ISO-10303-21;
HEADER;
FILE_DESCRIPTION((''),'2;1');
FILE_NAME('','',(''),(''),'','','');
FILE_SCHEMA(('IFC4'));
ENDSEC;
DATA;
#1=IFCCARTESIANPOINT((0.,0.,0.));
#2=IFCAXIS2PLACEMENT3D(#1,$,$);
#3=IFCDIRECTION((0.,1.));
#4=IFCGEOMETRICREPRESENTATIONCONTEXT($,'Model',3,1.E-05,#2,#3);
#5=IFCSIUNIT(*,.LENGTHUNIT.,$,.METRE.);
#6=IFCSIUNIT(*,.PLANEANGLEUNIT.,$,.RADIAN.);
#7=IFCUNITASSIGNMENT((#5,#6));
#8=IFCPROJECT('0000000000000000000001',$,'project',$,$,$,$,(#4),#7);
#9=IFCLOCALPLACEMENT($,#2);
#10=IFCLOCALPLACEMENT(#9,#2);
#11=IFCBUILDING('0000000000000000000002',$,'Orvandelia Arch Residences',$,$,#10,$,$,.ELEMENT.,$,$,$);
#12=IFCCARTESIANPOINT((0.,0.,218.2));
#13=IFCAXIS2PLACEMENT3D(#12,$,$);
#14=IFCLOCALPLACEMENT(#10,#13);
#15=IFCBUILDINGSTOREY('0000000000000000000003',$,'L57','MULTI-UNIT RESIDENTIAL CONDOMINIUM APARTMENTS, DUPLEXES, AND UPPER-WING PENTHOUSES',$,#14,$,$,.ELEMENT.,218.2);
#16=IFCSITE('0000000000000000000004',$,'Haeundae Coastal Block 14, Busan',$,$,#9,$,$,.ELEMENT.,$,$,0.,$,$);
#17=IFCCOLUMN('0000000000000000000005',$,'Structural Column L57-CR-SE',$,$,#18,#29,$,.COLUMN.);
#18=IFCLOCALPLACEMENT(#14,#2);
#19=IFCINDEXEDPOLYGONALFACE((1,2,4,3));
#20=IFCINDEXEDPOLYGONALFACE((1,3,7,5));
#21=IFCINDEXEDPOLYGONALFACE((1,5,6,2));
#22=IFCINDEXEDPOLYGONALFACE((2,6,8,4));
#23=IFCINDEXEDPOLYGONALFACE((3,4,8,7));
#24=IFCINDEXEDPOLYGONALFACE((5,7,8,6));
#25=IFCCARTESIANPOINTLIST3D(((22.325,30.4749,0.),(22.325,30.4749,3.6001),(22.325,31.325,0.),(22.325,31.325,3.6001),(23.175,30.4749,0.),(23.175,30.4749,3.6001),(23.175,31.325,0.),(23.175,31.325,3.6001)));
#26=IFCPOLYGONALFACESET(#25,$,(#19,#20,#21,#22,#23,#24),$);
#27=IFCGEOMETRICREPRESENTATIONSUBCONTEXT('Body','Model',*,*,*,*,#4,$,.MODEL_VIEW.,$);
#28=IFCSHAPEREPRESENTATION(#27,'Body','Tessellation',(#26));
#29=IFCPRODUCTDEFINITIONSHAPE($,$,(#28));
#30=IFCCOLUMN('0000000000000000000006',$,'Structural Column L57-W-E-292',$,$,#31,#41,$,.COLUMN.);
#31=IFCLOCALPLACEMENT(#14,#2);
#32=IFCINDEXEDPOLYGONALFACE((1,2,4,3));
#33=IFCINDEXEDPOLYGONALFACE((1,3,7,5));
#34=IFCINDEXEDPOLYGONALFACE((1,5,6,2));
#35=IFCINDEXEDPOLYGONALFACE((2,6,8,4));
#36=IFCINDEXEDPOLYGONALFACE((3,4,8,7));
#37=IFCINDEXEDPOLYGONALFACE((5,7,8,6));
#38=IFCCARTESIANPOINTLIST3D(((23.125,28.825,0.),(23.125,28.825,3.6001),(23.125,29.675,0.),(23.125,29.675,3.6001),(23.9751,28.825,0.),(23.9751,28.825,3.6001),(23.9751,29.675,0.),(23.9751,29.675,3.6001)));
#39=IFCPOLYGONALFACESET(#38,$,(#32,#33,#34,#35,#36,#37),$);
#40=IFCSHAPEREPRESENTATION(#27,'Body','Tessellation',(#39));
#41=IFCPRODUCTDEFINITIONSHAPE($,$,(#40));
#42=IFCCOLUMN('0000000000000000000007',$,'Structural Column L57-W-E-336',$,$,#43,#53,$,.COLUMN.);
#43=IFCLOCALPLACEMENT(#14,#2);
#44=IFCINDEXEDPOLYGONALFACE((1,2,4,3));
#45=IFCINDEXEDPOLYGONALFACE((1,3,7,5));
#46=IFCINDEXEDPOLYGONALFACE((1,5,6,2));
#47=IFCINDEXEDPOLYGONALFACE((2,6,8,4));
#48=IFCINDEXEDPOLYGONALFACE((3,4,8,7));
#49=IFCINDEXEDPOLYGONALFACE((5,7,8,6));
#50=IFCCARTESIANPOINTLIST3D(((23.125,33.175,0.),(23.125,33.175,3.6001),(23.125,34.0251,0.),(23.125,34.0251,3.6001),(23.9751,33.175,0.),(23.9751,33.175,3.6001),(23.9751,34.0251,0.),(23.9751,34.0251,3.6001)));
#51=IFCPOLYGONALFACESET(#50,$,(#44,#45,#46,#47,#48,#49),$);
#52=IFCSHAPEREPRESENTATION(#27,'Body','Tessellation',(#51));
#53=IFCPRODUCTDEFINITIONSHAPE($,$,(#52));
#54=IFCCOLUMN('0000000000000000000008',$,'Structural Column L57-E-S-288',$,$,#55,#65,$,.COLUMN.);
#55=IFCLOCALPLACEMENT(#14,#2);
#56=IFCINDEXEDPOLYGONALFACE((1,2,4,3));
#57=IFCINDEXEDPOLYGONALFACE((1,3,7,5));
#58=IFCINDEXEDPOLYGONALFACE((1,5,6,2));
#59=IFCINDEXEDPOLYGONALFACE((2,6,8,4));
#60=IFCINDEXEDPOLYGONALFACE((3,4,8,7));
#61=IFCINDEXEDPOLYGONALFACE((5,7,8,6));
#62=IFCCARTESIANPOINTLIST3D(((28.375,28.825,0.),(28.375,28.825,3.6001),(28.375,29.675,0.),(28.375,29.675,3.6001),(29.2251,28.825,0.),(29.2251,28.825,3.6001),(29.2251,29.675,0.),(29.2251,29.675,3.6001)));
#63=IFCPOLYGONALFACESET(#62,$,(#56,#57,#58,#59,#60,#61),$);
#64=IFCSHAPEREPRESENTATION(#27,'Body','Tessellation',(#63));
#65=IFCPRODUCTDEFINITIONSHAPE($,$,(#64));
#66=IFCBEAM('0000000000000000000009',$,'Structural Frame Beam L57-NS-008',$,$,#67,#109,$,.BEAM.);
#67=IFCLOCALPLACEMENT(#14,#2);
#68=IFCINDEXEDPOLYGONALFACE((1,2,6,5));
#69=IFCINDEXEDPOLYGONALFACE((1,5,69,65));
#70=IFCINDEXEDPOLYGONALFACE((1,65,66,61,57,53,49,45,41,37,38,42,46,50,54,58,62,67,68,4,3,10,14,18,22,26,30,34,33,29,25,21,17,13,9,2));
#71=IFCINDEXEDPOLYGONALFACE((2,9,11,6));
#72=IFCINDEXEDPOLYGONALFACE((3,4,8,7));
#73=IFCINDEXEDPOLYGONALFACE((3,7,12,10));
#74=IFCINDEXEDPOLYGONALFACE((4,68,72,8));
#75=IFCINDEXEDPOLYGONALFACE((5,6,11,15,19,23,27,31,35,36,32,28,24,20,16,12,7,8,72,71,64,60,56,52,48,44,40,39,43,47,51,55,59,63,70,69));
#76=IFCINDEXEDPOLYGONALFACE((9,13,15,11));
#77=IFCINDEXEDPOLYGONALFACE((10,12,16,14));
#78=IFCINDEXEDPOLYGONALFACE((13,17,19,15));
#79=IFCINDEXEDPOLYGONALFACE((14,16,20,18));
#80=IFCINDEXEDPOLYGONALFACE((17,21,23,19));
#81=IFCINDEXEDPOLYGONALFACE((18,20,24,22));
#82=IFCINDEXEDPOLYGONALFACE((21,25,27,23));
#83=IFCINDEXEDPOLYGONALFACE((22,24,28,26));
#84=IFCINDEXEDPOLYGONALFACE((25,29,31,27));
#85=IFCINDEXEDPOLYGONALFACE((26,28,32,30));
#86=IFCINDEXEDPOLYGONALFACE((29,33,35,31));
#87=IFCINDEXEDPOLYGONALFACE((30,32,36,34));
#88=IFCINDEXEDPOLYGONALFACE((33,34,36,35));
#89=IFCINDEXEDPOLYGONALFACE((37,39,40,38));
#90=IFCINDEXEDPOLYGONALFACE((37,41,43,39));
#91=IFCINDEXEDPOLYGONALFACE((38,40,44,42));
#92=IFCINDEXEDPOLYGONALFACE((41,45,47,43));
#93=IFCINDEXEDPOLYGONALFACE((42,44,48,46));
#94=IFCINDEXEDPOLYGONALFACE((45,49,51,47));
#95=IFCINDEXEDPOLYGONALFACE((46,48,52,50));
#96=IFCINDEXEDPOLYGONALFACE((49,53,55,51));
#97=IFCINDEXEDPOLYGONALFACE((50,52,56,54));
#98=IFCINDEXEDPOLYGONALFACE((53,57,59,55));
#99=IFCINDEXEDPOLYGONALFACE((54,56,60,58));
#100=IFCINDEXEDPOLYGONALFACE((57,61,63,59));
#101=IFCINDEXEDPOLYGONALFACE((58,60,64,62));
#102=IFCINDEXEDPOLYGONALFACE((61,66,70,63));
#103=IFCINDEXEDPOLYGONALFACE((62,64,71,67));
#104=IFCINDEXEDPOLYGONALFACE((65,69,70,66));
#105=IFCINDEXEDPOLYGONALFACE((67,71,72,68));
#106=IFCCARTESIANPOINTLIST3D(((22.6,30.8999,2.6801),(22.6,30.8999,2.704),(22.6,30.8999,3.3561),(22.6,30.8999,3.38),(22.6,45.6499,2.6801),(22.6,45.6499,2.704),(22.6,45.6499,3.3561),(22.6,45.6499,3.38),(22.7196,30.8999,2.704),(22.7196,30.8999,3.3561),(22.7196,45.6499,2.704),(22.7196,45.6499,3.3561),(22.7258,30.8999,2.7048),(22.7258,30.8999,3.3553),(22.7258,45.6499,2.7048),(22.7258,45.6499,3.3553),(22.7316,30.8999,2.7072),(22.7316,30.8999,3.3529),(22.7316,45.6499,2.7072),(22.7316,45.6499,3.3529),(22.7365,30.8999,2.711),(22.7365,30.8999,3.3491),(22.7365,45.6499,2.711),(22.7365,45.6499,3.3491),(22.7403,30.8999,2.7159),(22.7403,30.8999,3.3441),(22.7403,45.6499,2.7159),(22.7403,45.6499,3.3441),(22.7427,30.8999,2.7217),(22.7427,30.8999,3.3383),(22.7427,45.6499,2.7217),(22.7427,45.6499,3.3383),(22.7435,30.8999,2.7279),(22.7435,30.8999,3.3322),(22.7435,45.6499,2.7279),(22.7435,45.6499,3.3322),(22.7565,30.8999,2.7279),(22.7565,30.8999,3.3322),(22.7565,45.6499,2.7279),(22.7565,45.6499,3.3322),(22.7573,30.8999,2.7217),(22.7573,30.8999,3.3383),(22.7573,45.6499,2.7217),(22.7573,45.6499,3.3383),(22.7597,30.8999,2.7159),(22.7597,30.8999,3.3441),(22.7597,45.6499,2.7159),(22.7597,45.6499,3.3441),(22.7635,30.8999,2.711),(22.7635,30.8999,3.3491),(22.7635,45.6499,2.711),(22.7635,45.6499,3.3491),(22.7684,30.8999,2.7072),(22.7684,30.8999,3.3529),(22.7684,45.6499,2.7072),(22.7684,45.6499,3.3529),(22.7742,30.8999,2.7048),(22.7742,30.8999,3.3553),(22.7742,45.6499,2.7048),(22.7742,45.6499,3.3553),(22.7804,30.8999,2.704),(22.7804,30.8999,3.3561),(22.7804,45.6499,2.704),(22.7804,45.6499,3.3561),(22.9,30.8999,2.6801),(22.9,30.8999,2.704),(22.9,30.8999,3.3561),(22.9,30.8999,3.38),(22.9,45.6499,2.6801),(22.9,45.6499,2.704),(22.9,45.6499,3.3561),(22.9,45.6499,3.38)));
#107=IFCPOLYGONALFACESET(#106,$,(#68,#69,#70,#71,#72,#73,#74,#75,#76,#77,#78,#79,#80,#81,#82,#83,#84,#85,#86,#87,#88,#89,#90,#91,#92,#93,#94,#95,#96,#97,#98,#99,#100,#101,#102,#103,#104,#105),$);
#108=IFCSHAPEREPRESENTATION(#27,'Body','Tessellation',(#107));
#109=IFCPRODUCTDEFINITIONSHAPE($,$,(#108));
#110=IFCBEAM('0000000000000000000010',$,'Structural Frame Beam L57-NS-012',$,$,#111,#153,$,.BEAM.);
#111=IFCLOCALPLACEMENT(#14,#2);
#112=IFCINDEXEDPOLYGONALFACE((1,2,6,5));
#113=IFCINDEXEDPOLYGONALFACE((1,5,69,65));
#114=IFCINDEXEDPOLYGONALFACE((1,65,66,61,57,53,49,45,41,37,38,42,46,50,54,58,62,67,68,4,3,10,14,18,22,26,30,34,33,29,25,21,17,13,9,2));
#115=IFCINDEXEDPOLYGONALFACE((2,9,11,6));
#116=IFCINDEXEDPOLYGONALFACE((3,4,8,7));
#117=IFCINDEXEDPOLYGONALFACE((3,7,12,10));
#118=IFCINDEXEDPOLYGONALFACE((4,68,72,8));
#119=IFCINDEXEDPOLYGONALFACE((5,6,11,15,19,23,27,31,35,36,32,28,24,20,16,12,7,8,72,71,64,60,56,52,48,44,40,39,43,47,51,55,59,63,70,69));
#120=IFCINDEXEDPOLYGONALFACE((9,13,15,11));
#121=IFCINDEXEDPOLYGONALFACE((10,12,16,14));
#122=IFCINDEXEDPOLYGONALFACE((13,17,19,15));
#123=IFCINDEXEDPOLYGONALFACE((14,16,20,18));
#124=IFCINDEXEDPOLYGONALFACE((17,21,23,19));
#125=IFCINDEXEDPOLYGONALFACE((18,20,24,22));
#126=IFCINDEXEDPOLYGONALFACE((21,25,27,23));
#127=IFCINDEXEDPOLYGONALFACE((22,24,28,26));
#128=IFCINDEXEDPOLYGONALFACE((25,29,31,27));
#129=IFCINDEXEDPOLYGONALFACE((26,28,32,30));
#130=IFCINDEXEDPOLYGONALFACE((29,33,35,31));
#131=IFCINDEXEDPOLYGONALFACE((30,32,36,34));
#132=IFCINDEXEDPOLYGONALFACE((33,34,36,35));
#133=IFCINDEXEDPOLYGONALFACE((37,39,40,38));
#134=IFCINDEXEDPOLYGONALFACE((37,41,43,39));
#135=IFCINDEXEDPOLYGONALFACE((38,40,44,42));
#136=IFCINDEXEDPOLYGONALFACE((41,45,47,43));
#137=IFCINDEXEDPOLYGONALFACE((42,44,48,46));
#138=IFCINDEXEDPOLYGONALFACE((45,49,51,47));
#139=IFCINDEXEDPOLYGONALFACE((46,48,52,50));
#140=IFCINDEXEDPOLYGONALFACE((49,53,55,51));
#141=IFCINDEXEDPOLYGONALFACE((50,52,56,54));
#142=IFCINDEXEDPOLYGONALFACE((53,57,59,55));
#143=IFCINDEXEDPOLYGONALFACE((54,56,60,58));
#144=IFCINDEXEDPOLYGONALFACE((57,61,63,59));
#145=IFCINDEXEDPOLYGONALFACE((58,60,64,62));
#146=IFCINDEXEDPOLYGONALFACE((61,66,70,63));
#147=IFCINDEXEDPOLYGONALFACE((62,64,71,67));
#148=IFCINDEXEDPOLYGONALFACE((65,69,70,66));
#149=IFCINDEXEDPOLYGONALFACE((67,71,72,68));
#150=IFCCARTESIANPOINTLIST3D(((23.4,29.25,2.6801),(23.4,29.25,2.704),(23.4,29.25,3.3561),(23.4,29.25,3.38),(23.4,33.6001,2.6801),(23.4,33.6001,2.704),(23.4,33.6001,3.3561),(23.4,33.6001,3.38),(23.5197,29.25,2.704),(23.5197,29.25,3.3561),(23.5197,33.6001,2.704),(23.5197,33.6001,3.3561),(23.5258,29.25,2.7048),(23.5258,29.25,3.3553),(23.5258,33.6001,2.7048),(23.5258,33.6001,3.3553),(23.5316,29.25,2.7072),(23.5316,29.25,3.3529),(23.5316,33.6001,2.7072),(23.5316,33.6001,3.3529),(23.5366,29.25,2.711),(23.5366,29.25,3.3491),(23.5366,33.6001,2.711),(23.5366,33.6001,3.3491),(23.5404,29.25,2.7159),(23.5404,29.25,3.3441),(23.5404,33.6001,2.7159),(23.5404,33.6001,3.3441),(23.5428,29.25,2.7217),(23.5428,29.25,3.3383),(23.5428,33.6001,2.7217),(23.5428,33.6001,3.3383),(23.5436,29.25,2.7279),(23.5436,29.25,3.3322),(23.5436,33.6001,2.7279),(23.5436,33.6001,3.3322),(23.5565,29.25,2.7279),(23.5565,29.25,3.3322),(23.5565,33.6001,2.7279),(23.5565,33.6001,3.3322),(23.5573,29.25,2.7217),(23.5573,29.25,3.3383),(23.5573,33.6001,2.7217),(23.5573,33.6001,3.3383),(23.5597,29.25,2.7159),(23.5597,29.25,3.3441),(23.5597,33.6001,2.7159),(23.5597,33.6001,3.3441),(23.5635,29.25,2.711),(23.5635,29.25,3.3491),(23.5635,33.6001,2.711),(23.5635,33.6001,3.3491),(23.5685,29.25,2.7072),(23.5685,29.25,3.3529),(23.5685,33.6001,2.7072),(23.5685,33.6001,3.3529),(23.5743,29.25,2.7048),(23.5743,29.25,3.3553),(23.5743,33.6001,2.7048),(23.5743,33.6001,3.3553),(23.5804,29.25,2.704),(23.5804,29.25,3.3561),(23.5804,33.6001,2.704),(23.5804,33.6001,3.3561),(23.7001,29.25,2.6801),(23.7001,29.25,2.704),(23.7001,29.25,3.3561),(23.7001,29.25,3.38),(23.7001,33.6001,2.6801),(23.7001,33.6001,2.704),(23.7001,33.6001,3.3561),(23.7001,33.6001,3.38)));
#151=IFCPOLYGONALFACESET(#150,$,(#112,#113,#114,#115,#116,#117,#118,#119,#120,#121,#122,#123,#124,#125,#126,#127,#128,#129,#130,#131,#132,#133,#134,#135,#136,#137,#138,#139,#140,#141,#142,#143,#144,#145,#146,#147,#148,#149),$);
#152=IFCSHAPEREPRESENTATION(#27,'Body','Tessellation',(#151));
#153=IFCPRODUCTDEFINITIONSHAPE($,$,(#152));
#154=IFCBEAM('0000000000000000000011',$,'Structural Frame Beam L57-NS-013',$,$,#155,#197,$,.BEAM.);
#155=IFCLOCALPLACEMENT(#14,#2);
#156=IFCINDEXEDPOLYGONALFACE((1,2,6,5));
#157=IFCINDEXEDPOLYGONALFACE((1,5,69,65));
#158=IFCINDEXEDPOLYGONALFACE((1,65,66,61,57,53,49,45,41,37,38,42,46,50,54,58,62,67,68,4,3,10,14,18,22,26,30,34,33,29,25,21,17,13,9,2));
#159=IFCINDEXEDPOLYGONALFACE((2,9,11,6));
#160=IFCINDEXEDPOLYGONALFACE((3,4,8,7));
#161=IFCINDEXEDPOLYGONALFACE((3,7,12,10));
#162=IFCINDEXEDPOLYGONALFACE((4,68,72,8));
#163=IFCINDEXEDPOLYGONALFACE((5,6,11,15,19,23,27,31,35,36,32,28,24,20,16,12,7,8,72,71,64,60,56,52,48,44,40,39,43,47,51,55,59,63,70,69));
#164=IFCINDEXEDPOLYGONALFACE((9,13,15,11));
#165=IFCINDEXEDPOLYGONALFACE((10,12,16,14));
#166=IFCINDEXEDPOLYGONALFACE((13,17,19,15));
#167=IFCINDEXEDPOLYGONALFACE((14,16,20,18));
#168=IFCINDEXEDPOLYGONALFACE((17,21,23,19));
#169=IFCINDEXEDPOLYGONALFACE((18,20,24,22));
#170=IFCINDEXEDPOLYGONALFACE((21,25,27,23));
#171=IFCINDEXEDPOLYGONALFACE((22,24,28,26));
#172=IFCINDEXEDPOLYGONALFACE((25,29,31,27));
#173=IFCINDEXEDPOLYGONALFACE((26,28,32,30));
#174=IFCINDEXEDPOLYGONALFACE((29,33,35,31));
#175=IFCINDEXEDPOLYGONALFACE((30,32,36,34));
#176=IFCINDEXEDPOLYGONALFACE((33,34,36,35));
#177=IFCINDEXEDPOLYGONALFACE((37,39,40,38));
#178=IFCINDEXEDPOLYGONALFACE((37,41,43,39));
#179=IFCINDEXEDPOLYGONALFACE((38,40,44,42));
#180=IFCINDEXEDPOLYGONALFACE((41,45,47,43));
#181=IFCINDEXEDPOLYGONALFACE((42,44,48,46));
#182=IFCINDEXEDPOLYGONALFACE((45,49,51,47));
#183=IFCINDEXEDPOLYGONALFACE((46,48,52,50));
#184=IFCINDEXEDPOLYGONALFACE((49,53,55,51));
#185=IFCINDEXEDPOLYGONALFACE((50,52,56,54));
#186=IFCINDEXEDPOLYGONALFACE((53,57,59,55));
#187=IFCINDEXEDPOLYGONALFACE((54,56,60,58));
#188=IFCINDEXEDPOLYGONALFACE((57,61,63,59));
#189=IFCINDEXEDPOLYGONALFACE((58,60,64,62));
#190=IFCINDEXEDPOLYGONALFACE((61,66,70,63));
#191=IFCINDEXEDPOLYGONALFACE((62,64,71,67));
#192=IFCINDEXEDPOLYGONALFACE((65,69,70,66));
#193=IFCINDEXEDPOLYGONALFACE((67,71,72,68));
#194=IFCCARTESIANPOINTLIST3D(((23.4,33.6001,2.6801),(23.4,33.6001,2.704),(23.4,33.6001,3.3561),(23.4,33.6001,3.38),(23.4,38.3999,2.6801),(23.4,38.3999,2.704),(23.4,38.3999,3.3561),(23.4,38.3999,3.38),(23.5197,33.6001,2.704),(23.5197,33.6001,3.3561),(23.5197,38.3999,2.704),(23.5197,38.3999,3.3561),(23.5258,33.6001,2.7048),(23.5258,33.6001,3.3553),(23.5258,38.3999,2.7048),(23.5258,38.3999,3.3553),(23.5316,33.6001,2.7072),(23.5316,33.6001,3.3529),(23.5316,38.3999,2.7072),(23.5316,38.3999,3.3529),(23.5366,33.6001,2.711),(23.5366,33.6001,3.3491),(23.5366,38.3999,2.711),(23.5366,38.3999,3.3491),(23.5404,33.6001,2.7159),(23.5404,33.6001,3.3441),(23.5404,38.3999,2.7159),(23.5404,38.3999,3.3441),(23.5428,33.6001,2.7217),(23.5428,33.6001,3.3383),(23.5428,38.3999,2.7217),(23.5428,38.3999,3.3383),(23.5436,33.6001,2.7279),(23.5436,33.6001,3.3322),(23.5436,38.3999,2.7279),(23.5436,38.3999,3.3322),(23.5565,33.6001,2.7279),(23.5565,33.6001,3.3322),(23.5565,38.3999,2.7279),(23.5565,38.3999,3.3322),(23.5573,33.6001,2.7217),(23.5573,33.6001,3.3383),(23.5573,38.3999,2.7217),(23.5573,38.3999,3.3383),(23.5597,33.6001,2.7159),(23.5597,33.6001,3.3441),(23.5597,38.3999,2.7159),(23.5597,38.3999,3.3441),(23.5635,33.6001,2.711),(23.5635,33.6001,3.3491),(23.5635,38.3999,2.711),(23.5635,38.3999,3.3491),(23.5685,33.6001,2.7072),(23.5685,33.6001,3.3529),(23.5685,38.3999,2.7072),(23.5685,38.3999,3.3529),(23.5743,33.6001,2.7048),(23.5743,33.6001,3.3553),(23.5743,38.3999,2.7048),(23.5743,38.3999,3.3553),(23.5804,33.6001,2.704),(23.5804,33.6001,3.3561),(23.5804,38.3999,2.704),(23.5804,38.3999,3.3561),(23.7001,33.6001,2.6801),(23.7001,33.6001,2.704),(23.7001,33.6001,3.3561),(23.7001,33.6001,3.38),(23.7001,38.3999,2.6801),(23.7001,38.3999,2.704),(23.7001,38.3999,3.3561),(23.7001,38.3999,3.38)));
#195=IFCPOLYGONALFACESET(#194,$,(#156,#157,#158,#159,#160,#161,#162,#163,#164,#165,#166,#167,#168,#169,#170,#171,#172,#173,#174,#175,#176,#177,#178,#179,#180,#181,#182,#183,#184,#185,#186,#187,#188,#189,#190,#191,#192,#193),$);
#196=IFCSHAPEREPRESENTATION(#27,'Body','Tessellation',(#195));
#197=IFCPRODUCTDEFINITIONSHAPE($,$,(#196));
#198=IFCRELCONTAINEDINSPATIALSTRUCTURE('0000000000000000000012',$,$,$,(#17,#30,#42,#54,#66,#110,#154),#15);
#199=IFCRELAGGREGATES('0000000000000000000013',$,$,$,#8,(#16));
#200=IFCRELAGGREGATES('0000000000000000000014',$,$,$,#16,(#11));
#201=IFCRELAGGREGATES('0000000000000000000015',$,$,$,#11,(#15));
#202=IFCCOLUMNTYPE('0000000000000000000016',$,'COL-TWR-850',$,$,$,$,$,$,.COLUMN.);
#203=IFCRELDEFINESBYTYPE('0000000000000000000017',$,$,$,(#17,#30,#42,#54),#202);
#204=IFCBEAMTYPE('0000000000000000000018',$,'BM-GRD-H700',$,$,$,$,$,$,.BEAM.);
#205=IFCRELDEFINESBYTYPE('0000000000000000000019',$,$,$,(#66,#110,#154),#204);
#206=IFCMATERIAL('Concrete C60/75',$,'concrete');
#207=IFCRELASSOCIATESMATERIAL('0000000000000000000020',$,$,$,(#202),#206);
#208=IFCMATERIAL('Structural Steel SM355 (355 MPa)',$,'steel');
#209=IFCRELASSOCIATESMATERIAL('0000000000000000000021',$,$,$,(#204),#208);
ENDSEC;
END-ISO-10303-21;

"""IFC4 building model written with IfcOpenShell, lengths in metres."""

from ifc_helpers import new_model, si_unit, direction, frame, origin, origin_2d, place, context, subcontext, project, spatial, rectangle, i_section, extrude, material, material_profile, profile_set, type_object, element, save


model = new_model("IFC4")

# Units and contexts
model_context = context("Model", 3, precision=1e-05, world=origin(), true_north=direction((0.0, 1.0)))
body_context = subcontext(model_context, "Body", "Model", "MODEL_VIEW")
ifc_project = project(units=[si_unit("LENGTHUNIT", "METRE"), si_unit("PLANEANGLEUNIT", "RADIAN")], contexts=[model_context])

# Site, building, storey
site_placement = place(None, origin())
site = spatial("IfcSite", under=ifc_project, at=site_placement, Name="Haeundae Coastal Block 14, Busan", CompositionType="ELEMENT", RefElevation=0.0)
building_placement = place(site_placement, origin())
building = spatial("IfcBuilding", under=site, at=building_placement, Name="Orvandelia Arch Residences", CompositionType="ELEMENT")
storey_placement = place(building_placement, frame((0.0, 0.0, 218.2)))
storey = spatial("IfcBuildingStorey", under=building, at=storey_placement, Name="L57", Description="MULTI-UNIT RESIDENTIAL CONDOMINIUM APARTMENTS, DUPLEXES, AND UPPER-WING PENTHOUSES", CompositionType="ELEMENT", Elevation=218.2)

# Columns
ifc_material_1 = material(Name="Concrete C60/75", Category="concrete")
ifc_material_profile_1 = material_profile(ifc_material_1, rectangle(XDim=0.8501, YDim=0.8501, at=origin_2d()), Name="Concrete C60/75", Category="concrete")
ifc_profile_set_1 = profile_set([ifc_material_profile_1], Name="Concrete C60/75")
column_type = type_object("IfcColumnType", Name="COL-TWR-850", PredefinedType="COLUMN", material=ifc_profile_set_1)
for number, where, z_axis, x_axis, name in (
    (1, (22.75, 30.8999, 0.0), (0.0, 0.0, 1.0), (1.0, 0.0, 0.0), "Structural Column L57-CR-SE"),
    (2, (23.55, 29.25, 0.0), (0.0, 0.0, 1.0), (1.0, 0.0, 0.0), "Structural Column L57-W-E-292"),
    (3, (23.55, 33.6001, 0.0), (0.0, 0.0, 1.0), (1.0, 0.0, 0.0), "Structural Column L57-W-E-336"),
    (4, (28.8, 29.25, 0.0), (0.0, 0.0, 1.0), (1.0, 0.0, 0.0), "Structural Column L57-E-S-288"),
):
    element("IfcColumn", number, at=place(storey_placement, frame(where, z_axis=z_axis, x_axis=x_axis)), inside=storey, type_object=column_type, Name=name, PredefinedType="COLUMN", context=body_context, shape_type="SweptSolid", body=[
        extrude(rectangle(XDim=0.8501, YDim=0.8501, at=origin_2d()), origin(), (0.0, 0.0, 1.0), 3.6001),
    ])

# Beams
ifc_material_2 = material(Name="Structural Steel SM355 (355 MPa)", Category="steel")
ifc_material_profile_2 = material_profile(ifc_material_2, i_section(OverallWidth=0.3, OverallDepth=0.7, WebThickness=0.0129, FlangeThickness=0.0239, FilletRadius=0.0239, at=origin_2d()), Name="Structural Steel SM355 (355 MPa)", Category="steel")
ifc_profile_set_2 = profile_set([ifc_material_profile_2], Name="Structural Steel SM355 (355 MPa)")
beam_type = type_object("IfcBeamType", Name="BM-GRD-H700", PredefinedType="BEAM", material=ifc_profile_set_2)
beam_1_placement = place(storey_placement, frame((22.75, 30.8999, 3.03), z_axis=(0.0, 1.0, 0.0), x_axis=(-1.0, 0.0, 0.0)))
element("IfcBeam", 5, at=beam_1_placement, inside=storey, type_object=beam_type, Name="Structural Frame Beam L57-NS-008", PredefinedType="BEAM", context=body_context, shape_type="SweptSolid", body=[
    extrude(i_section(OverallWidth=0.3, OverallDepth=0.7, WebThickness=0.0129, FlangeThickness=0.0239, FilletRadius=0.0239, at=origin_2d()), origin(), (0.0, 0.0, 1.0), 14.75),
])
beam_2_placement = place(storey_placement, frame((23.55, 29.25, 3.03), z_axis=(0.0, 1.0, 0.0), x_axis=(-1.0, 0.0, 0.0)))
element("IfcBeam", 6, at=beam_2_placement, inside=storey, type_object=beam_type, Name="Structural Frame Beam L57-NS-012", PredefinedType="BEAM", context=body_context, shape_type="SweptSolid", body=[
    extrude(i_section(OverallWidth=0.3, OverallDepth=0.7, WebThickness=0.0129, FlangeThickness=0.0239, FilletRadius=0.0239, at=origin_2d()), origin(), (0.0, 0.0, 1.0), 4.3501),
])
beam_3_placement = place(storey_placement, frame((23.55, 33.6001, 3.03), z_axis=(0.0, 1.0, 0.0), x_axis=(-1.0, 0.0, 0.0)))
element("IfcBeam", 7, at=beam_3_placement, inside=storey, type_object=beam_type, Name="Structural Frame Beam L57-NS-013", PredefinedType="BEAM", context=body_context, shape_type="SweptSolid", body=[
    extrude(i_section(OverallWidth=0.3, OverallDepth=0.7, WebThickness=0.0129, FlangeThickness=0.0239, FilletRadius=0.0239, at=origin_2d()), origin(), (0.0, 0.0, 1.0), 4.7998),
])

save(model, "model.ifc")
